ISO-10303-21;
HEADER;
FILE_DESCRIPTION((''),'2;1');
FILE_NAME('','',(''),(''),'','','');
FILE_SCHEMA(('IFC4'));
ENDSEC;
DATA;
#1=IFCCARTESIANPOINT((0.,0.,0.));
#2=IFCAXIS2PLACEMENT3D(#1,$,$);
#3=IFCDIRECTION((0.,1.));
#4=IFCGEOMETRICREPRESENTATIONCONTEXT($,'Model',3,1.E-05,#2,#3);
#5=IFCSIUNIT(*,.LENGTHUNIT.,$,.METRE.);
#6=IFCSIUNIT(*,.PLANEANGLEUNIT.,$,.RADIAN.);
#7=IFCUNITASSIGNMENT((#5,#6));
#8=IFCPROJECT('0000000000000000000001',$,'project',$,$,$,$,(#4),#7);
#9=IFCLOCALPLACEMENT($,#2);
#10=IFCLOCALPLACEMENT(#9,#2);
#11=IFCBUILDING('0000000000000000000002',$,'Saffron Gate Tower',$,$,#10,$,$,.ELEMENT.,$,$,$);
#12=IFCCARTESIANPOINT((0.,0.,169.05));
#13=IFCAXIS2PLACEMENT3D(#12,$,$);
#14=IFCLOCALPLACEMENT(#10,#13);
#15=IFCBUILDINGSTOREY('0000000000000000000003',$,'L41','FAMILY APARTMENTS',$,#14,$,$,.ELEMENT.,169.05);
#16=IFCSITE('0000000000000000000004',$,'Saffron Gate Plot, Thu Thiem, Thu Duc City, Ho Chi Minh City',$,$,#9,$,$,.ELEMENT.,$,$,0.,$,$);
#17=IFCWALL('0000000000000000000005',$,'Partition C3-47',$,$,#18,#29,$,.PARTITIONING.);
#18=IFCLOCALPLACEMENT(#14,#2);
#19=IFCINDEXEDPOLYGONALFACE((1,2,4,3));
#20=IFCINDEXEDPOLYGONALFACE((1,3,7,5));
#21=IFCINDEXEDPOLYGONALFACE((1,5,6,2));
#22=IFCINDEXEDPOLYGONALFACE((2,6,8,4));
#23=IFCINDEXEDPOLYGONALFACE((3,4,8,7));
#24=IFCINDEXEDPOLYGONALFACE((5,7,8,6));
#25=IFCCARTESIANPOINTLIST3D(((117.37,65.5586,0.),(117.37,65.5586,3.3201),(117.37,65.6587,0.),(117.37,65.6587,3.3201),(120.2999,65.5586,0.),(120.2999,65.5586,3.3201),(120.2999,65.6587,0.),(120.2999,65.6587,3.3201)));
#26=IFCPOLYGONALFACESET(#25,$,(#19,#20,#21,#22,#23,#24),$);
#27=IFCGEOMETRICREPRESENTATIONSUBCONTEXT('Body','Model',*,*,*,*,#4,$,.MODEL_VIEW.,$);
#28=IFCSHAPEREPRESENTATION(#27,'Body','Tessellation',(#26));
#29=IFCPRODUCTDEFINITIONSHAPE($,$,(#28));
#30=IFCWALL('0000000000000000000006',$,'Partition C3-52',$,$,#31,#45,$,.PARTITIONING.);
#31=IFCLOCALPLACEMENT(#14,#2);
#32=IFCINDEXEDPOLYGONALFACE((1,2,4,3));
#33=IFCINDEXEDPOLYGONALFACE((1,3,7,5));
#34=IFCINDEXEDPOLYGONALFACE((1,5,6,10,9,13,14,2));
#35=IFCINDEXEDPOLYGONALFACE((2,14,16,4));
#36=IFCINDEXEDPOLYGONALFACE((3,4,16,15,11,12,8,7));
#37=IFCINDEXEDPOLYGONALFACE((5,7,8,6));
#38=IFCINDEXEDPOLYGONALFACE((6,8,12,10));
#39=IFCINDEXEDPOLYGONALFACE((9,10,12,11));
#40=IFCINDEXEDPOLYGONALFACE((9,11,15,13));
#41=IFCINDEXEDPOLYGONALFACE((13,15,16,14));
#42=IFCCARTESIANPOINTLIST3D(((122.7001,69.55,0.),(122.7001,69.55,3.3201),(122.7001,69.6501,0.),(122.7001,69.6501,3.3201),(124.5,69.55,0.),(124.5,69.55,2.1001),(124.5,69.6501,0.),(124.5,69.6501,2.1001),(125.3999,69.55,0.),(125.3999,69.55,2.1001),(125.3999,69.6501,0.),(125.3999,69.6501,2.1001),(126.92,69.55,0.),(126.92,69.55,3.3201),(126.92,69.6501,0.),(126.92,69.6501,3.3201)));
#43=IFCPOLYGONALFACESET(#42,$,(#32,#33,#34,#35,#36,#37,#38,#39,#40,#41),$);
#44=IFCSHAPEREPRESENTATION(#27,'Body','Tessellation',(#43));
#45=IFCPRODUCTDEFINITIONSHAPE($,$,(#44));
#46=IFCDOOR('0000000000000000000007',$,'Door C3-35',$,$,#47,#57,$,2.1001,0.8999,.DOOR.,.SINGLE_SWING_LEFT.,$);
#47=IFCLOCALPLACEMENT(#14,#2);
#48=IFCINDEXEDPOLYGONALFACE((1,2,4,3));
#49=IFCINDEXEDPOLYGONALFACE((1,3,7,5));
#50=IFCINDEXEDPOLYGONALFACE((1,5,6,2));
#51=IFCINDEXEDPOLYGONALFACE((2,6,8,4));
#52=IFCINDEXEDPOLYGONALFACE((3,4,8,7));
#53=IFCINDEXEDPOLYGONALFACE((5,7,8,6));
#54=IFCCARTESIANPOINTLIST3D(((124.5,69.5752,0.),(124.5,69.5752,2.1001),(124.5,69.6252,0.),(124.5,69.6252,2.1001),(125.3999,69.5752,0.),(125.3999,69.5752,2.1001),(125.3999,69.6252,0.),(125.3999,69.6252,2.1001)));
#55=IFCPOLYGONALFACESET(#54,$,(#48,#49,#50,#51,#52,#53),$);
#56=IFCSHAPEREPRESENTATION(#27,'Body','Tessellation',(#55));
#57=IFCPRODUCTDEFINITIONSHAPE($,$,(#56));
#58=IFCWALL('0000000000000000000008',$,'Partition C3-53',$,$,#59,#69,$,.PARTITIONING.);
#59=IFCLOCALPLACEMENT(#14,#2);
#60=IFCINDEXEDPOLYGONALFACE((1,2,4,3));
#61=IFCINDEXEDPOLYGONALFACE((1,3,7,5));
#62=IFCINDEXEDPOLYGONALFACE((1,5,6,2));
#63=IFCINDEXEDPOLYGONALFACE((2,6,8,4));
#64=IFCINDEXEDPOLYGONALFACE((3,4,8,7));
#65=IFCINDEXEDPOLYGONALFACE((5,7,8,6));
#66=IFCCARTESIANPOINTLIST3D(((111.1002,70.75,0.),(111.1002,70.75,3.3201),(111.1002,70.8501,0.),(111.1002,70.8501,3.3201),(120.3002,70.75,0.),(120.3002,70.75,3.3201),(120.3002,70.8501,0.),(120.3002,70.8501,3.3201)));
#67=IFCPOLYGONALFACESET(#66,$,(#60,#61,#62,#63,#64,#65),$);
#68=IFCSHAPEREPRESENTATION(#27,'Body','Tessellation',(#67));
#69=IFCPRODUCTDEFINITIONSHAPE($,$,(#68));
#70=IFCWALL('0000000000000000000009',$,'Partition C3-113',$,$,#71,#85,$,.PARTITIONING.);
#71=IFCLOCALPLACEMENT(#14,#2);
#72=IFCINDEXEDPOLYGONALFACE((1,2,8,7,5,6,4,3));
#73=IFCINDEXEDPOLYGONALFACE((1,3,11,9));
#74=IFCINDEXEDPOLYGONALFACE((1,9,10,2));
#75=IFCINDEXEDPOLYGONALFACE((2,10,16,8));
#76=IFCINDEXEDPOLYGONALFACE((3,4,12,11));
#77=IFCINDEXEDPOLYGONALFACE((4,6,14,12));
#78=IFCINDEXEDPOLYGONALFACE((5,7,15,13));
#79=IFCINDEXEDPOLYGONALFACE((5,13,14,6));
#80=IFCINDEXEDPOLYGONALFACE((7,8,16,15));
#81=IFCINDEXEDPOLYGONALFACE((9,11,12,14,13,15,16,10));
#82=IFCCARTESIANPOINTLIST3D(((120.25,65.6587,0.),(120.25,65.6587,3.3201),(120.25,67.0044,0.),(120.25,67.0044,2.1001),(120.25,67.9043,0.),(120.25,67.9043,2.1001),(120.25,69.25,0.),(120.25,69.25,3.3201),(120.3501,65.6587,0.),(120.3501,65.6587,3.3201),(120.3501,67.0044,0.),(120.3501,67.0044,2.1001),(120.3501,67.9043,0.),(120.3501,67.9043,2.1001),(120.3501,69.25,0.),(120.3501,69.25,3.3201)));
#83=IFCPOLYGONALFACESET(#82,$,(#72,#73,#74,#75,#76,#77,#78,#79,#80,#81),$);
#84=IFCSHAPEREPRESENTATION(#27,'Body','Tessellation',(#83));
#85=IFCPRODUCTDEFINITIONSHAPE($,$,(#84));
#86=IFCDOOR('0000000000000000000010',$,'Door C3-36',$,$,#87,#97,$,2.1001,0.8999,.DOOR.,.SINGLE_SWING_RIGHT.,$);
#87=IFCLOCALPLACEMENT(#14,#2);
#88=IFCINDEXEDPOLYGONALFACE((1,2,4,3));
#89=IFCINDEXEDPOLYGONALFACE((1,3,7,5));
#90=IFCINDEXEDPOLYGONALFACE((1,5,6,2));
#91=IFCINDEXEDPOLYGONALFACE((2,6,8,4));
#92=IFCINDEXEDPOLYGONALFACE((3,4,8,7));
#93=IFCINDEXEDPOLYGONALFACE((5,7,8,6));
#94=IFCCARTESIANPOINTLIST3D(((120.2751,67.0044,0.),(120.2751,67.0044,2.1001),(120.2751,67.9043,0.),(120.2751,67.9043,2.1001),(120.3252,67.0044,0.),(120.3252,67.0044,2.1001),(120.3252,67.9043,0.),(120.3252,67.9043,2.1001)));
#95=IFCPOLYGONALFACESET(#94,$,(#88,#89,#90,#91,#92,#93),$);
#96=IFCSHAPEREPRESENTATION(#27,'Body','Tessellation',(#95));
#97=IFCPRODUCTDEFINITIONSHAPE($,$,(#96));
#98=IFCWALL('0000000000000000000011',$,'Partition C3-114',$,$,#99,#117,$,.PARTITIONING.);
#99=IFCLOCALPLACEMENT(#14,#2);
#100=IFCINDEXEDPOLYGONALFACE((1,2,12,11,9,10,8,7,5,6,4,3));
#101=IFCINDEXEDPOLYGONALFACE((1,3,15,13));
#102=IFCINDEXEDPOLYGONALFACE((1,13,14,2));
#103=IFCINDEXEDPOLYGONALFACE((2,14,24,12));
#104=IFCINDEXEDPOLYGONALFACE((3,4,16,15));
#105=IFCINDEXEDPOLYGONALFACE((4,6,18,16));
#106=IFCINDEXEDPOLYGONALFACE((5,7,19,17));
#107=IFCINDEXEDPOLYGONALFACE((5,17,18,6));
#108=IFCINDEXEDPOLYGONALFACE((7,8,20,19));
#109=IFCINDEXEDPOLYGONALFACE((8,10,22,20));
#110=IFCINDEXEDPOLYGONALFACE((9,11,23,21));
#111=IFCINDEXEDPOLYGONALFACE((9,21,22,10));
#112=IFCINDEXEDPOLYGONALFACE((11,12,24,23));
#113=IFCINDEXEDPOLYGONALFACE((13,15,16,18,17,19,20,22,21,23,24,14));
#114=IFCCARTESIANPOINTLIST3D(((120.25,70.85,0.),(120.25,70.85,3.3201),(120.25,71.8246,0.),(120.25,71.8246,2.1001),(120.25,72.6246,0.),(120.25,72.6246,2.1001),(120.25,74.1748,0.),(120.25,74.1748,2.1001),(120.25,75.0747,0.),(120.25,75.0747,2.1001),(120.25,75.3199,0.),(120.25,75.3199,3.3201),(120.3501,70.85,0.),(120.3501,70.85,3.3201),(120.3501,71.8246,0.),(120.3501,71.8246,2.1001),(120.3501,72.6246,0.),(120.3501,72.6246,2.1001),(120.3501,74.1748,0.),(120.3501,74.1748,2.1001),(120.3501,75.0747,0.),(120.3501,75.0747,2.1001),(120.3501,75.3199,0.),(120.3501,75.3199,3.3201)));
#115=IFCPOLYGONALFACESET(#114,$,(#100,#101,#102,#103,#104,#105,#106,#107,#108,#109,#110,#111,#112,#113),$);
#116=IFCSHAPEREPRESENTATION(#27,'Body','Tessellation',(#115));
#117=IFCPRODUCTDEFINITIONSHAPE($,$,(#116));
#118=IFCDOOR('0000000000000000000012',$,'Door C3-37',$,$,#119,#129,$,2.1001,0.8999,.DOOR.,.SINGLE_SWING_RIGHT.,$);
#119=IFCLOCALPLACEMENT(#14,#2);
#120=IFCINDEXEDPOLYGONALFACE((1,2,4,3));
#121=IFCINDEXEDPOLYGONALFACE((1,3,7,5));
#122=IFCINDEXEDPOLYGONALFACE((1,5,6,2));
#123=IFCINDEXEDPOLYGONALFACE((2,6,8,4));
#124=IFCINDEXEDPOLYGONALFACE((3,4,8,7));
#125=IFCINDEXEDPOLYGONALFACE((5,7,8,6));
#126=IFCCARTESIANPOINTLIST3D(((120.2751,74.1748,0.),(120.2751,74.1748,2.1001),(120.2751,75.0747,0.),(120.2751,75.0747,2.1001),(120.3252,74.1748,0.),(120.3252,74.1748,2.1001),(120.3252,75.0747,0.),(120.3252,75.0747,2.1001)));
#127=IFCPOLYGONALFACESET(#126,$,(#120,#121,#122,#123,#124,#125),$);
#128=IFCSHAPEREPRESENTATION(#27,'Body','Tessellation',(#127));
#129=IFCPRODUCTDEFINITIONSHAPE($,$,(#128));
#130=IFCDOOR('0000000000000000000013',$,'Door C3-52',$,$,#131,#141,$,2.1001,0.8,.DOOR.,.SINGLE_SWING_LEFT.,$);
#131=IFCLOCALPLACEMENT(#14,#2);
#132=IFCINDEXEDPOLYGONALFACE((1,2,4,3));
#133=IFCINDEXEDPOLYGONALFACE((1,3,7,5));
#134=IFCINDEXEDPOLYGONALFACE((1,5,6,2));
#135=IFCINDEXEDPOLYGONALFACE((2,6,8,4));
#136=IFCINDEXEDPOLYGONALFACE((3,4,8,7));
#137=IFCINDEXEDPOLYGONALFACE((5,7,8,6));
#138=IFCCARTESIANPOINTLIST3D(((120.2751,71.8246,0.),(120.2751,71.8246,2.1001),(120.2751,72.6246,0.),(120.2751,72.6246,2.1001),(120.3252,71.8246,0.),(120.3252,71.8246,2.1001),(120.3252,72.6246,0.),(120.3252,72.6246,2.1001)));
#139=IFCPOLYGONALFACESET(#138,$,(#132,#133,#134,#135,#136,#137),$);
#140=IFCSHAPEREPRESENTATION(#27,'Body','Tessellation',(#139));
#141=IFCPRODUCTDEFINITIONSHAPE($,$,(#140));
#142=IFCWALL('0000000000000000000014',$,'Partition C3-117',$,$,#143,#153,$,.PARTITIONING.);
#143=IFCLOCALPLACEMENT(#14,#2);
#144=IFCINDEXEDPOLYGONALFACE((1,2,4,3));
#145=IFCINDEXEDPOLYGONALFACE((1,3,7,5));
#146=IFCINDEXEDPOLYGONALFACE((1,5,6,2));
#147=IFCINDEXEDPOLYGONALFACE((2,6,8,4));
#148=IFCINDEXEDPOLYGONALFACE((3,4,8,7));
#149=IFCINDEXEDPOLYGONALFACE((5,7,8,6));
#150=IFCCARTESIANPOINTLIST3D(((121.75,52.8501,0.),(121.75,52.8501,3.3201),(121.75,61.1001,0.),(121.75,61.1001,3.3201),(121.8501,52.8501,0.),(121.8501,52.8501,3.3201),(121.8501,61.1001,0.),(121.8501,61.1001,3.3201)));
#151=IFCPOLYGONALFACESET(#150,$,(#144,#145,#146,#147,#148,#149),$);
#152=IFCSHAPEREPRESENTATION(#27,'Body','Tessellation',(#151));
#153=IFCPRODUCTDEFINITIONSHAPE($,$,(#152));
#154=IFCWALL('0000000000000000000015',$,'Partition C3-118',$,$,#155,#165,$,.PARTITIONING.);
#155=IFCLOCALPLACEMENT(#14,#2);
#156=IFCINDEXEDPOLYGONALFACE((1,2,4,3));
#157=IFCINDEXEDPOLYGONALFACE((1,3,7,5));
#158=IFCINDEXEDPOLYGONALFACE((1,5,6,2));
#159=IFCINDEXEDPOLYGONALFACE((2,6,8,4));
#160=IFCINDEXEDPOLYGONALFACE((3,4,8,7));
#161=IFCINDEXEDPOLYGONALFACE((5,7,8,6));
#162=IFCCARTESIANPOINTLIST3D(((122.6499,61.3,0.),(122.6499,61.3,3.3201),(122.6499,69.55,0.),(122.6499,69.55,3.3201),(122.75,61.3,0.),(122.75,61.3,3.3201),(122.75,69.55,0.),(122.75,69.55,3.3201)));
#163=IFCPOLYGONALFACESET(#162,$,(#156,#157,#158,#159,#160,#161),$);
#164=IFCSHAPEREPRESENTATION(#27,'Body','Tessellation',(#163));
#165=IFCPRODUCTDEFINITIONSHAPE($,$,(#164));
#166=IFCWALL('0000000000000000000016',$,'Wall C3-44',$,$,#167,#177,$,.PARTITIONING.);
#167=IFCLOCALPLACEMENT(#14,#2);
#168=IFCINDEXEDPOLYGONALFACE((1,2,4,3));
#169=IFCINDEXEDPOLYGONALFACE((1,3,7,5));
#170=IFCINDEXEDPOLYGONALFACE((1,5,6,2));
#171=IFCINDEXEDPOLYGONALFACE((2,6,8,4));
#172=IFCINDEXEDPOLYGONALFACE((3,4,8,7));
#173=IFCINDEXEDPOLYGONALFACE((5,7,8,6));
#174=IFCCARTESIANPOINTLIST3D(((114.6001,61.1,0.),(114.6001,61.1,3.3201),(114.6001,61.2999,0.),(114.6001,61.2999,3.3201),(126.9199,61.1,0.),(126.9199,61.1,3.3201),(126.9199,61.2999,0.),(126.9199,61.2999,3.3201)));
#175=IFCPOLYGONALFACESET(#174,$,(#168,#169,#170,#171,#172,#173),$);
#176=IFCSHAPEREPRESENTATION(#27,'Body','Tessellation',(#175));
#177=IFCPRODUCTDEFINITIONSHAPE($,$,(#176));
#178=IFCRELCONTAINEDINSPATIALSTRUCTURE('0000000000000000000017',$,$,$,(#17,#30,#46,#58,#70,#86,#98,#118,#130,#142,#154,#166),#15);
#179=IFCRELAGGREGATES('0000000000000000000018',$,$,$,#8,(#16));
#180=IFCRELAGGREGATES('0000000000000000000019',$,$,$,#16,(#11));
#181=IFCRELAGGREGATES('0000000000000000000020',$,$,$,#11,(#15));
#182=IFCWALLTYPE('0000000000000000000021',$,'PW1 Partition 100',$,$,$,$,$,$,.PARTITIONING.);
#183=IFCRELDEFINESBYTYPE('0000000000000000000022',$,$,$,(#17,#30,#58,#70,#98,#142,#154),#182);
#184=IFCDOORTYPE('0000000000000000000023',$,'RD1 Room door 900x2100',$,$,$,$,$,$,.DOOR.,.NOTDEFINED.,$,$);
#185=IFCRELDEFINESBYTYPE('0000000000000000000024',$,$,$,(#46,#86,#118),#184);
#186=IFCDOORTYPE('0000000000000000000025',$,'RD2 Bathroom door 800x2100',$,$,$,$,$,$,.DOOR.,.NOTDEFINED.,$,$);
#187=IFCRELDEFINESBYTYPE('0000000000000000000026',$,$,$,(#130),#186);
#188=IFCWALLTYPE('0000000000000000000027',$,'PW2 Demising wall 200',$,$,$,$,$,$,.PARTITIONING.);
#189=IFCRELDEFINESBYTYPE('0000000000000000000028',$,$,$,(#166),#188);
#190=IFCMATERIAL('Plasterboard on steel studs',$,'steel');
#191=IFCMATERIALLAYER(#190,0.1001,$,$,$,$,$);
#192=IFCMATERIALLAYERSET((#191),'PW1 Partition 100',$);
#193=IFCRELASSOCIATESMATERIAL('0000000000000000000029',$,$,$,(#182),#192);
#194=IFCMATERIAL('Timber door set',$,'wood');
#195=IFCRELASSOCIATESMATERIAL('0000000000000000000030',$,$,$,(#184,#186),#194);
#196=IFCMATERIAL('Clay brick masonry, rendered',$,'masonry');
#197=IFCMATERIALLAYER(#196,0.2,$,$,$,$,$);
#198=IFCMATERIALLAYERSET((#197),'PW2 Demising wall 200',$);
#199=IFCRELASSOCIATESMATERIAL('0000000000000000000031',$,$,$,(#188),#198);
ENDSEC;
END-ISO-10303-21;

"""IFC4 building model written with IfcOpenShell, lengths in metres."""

from ifc_helpers import new_model, si_unit, direction, frame, frame_2d, origin, place, context, subcontext, project, spatial, rectangle, extrude, material, layer, layer_set, type_object, element, fill, save


model = new_model("IFC4")

# Units and contexts
model_context = context("Model", 3, precision=1e-05, world=origin(), true_north=direction((0.0, 1.0)))
body_context = subcontext(model_context, "Body", "Model", "MODEL_VIEW")
ifc_project = project(units=[si_unit("LENGTHUNIT", "METRE"), si_unit("PLANEANGLEUNIT", "RADIAN")], contexts=[model_context])

# Site, building, storey
site_placement = place(None, origin())
site = spatial("IfcSite", under=ifc_project, at=site_placement, Name="Saffron Gate Plot, Thu Thiem, Thu Duc City, Ho Chi Minh City", CompositionType="ELEMENT", RefElevation=0.0)
building_placement = place(site_placement, origin())
building = spatial("IfcBuilding", under=site, at=building_placement, Name="Saffron Gate Tower", CompositionType="ELEMENT")
storey_placement = place(building_placement, frame((0.0, 0.0, 169.05)))
storey = spatial("IfcBuildingStorey", under=building, at=storey_placement, Name="L41", Description="FAMILY APARTMENTS", CompositionType="ELEMENT", Elevation=169.05)

# Wall
ifc_material_1 = material(Name="Plasterboard on steel studs", Category="steel")
ifc_layer_1 = layer(ifc_material_1, 0.1001)
ifc_layer_set_1 = layer_set([ifc_layer_1], Name="PW1 Partition 100")
wall_type_1 = type_object("IfcWallType", Name="PW1 Partition 100", PredefinedType="PARTITIONING", material=ifc_layer_set_1)
wall_1_placement = place(storey_placement, frame((117.3701, 65.6086, 0.0), z_axis=(0.0, 0.0, 1.0), x_axis=(1.0, 0.0, 0.0)))
element("IfcWall", 1, at=wall_1_placement, inside=storey, type_object=wall_type_1, Name="Partition C3-47", PredefinedType="PARTITIONING", context=body_context, shape_type="SweptSolid", body=[
    extrude(rectangle(XDim=2.9299, YDim=0.1001, at=frame_2d((1.4648, 0.0))), origin(), (0.0, 0.0, 1.0), 3.3201),
])

# Wall, opening, door
wall_2_placement = place(storey_placement, frame((126.9199, 69.6001, 0.0), z_axis=(0.0, 0.0, 1.0), x_axis=(-1.0, 0.0, 0.0)))
wall_2 = element("IfcWall", 2, at=wall_2_placement, inside=storey, type_object=wall_type_1, Name="Partition C3-52", PredefinedType="PARTITIONING", context=body_context, shape_type="SweptSolid", body=[
    extrude(rectangle(XDim=4.22, YDim=0.1001, at=frame_2d((2.1099, 0.0))), origin(), (0.0, 0.0, 1.0), 3.3201),
])
opening_1_placement = place(wall_2_placement, frame((1.52, 0.0, 0.0)))
opening_1 = element("IfcOpeningElement", 3, at=opening_1_placement, cuts=wall_2, PredefinedType="OPENING", context=body_context, shape_type="SweptSolid", body=[
    extrude(rectangle(XDim=0.8999, YDim=2.1001, at=frame_2d((0.45, 1.05))), frame((0.0, 0.0601, 0.0), z_axis=(0.0, -1.0, 0.0), x_axis=(1.0, 0.0, 0.0)), (0.0, 0.0, 1.0), 0.1201),
])
ifc_material_2 = material(Name="Timber door set", Category="wood")
door_type_1 = type_object("IfcDoorType", Name="RD1 Room door 900x2100", OperationType="NOTDEFINED", PredefinedType="DOOR", material=ifc_material_2)
door_1_placement = place(opening_1_placement, origin())
door_1 = element("IfcDoor", 4, at=door_1_placement, inside=storey, type_object=door_type_1, Name="Door C3-35", OperationType="SINGLE_SWING_LEFT", OverallHeight=2.1001, OverallWidth=0.8999, PredefinedType="DOOR", context=body_context, shape_type="SweptSolid", body=[
    extrude(rectangle(XDim=0.8999, YDim=2.1001, at=frame_2d((0.45, 1.05))), frame((0.0, 0.0249, 0.0), z_axis=(0.0, -1.0, 0.0), x_axis=(1.0, 0.0, 0.0)), (0.0, 0.0, 1.0), 0.05),
])
fill(opening_1, door_1)

# Wall
wall_3_placement = place(storey_placement, frame((111.1001, 70.8, 0.0), z_axis=(0.0, 0.0, 1.0), x_axis=(1.0, 0.0, 0.0)))
element("IfcWall", 5, at=wall_3_placement, inside=storey, type_object=wall_type_1, Name="Partition C3-53", PredefinedType="PARTITIONING", context=body_context, shape_type="SweptSolid", body=[
    extrude(rectangle(XDim=9.2, YDim=0.1001, at=frame_2d((4.6001, 0.0))), origin(), (0.0, 0.0, 1.0), 3.3201),
])

# Wall, opening, door
wall_4_placement = place(storey_placement, frame((120.3, 65.6587, 0.0), z_axis=(0.0, 0.0, 1.0), x_axis=(0.0, 1.0, 0.0)))
wall_4 = element("IfcWall", 6, at=wall_4_placement, inside=storey, type_object=wall_type_1, Name="Partition C3-113", PredefinedType="PARTITIONING", context=body_context, shape_type="SweptSolid", body=[
    extrude(rectangle(XDim=3.5913, YDim=0.1001, at=frame_2d((1.7957, 0.0))), origin(), (0.0, 0.0, 1.0), 3.3201),
])
opening_2_placement = place(wall_4_placement, frame((1.3457, 0.0, 0.0)))
opening_2 = element("IfcOpeningElement", 7, at=opening_2_placement, cuts=wall_4, PredefinedType="OPENING", context=body_context, shape_type="SweptSolid", body=[
    extrude(rectangle(XDim=0.8999, YDim=2.1001, at=frame_2d((0.45, 1.05))), frame((0.0, 0.0601, 0.0), z_axis=(0.0, -1.0, 0.0), x_axis=(1.0, 0.0, 0.0)), (0.0, 0.0, 1.0), 0.1201),
])
door_2_placement = place(opening_2_placement, origin())
door_2 = element("IfcDoor", 8, at=door_2_placement, inside=storey, type_object=door_type_1, Name="Door C3-36", OperationType="SINGLE_SWING_RIGHT", OverallHeight=2.1001, OverallWidth=0.8999, PredefinedType="DOOR", context=body_context, shape_type="SweptSolid", body=[
    extrude(rectangle(XDim=0.8999, YDim=2.1001, at=frame_2d((0.45, 1.05))), frame((0.0, 0.0249, 0.0), z_axis=(0.0, -1.0, 0.0), x_axis=(1.0, 0.0, 0.0)), (0.0, 0.0, 1.0), 0.05),
])
fill(opening_2, door_2)

# Wall, openings, doors
wall_5_placement = place(storey_placement, frame((120.3, 70.8501, 0.0), z_axis=(0.0, 0.0, 1.0), x_axis=(0.0, 1.0, 0.0)))
wall_5 = element("IfcWall", 9, at=wall_5_placement, inside=storey, type_object=wall_type_1, Name="Partition C3-114", PredefinedType="PARTITIONING", context=body_context, shape_type="SweptSolid", body=[
    extrude(rectangle(XDim=4.47, YDim=0.1001, at=frame_2d((2.2349, 0.0))), origin(), (0.0, 0.0, 1.0), 3.3201),
])
opening_3_placement = place(wall_5_placement, frame((0.9746, 0.0, 0.0)))
opening_3 = element("IfcOpeningElement", 10, at=opening_3_placement, cuts=wall_5, PredefinedType="OPENING", context=body_context, shape_type="SweptSolid", body=[
    extrude(rectangle(XDim=0.8, YDim=2.1001, at=frame_2d((0.3999, 1.05))), frame((0.0, 0.0601, 0.0), z_axis=(0.0, -1.0, 0.0), x_axis=(1.0, 0.0, 0.0)), (0.0, 0.0, 1.0), 0.1201),
])
opening_4_placement = place(wall_5_placement, frame((3.3247, 0.0, 0.0)))
opening_4 = element("IfcOpeningElement", 11, at=opening_4_placement, cuts=wall_5, PredefinedType="OPENING", context=body_context, shape_type="SweptSolid", body=[
    extrude(rectangle(XDim=0.8999, YDim=2.1001, at=frame_2d((0.45, 1.05))), frame((0.0, 0.0601, 0.0), z_axis=(0.0, -1.0, 0.0), x_axis=(1.0, 0.0, 0.0)), (0.0, 0.0, 1.0), 0.1201),
])
door_3_placement = place(opening_4_placement, origin())
door_3 = element("IfcDoor", 12, at=door_3_placement, inside=storey, type_object=door_type_1, Name="Door C3-37", OperationType="SINGLE_SWING_RIGHT", OverallHeight=2.1001, OverallWidth=0.8999, PredefinedType="DOOR", context=body_context, shape_type="SweptSolid", body=[
    extrude(rectangle(XDim=0.8999, YDim=2.1001, at=frame_2d((0.45, 1.05))), frame((0.0, 0.0249, 0.0), z_axis=(0.0, -1.0, 0.0), x_axis=(1.0, 0.0, 0.0)), (0.0, 0.0, 1.0), 0.05),
])
fill(opening_4, door_3)
door_type_2 = type_object("IfcDoorType", Name="RD2 Bathroom door 800x2100", OperationType="NOTDEFINED", PredefinedType="DOOR", material=ifc_material_2)
door_4_placement = place(opening_3_placement, origin())
door_4 = element("IfcDoor", 13, at=door_4_placement, inside=storey, type_object=door_type_2, Name="Door C3-52", OperationType="SINGLE_SWING_LEFT", OverallHeight=2.1001, OverallWidth=0.8, PredefinedType="DOOR", context=body_context, shape_type="SweptSolid", body=[
    extrude(rectangle(XDim=0.8, YDim=2.1001, at=frame_2d((0.3999, 1.05))), frame((0.0, 0.0249, 0.0), z_axis=(0.0, -1.0, 0.0), x_axis=(1.0, 0.0, 0.0)), (0.0, 0.0, 1.0), 0.05),
])
fill(opening_3, door_4)

# Walls
for number, where, z_axis, x_axis, name in (
    (14, (121.8, 61.1001, 0.0), (0.0, 0.0, 1.0), (0.0, -1.0, 0.0), "Partition C3-117"),
    (15, (122.7, 69.55, 0.0), (0.0, 0.0, 1.0), (0.0, -1.0, 0.0), "Partition C3-118"),
):
    element("IfcWall", number, at=place(storey_placement, frame(where, z_axis=z_axis, x_axis=x_axis)), inside=storey, type_object=wall_type_1, Name=name, PredefinedType="PARTITIONING", context=body_context, shape_type="SweptSolid", body=[
        extrude(rectangle(XDim=8.25, YDim=0.1001, at=frame_2d((4.125, 0.0))), origin(), (0.0, 0.0, 1.0), 3.3201),
    ])
ifc_material_3 = material(Name="Clay brick masonry, rendered", Category="masonry")
ifc_layer_2 = layer(ifc_material_3, 0.2)
ifc_layer_set_2 = layer_set([ifc_layer_2], Name="PW2 Demising wall 200")
wall_type_2 = type_object("IfcWallType", Name="PW2 Demising wall 200", PredefinedType="PARTITIONING", material=ifc_layer_set_2)
wall_6_placement = place(storey_placement, frame((114.6001, 61.2, 0.0), z_axis=(0.0, 0.0, 1.0), x_axis=(1.0, 0.0, 0.0)))
element("IfcWall", 16, at=wall_6_placement, inside=storey, type_object=wall_type_2, Name="Wall C3-44", PredefinedType="PARTITIONING", context=body_context, shape_type="SweptSolid", body=[
    extrude(rectangle(XDim=12.3198, YDim=0.2, at=frame_2d((6.1599, 0.0))), origin(), (0.0, 0.0, 1.0), 3.3201),
])

save(model, "model.ifc")
